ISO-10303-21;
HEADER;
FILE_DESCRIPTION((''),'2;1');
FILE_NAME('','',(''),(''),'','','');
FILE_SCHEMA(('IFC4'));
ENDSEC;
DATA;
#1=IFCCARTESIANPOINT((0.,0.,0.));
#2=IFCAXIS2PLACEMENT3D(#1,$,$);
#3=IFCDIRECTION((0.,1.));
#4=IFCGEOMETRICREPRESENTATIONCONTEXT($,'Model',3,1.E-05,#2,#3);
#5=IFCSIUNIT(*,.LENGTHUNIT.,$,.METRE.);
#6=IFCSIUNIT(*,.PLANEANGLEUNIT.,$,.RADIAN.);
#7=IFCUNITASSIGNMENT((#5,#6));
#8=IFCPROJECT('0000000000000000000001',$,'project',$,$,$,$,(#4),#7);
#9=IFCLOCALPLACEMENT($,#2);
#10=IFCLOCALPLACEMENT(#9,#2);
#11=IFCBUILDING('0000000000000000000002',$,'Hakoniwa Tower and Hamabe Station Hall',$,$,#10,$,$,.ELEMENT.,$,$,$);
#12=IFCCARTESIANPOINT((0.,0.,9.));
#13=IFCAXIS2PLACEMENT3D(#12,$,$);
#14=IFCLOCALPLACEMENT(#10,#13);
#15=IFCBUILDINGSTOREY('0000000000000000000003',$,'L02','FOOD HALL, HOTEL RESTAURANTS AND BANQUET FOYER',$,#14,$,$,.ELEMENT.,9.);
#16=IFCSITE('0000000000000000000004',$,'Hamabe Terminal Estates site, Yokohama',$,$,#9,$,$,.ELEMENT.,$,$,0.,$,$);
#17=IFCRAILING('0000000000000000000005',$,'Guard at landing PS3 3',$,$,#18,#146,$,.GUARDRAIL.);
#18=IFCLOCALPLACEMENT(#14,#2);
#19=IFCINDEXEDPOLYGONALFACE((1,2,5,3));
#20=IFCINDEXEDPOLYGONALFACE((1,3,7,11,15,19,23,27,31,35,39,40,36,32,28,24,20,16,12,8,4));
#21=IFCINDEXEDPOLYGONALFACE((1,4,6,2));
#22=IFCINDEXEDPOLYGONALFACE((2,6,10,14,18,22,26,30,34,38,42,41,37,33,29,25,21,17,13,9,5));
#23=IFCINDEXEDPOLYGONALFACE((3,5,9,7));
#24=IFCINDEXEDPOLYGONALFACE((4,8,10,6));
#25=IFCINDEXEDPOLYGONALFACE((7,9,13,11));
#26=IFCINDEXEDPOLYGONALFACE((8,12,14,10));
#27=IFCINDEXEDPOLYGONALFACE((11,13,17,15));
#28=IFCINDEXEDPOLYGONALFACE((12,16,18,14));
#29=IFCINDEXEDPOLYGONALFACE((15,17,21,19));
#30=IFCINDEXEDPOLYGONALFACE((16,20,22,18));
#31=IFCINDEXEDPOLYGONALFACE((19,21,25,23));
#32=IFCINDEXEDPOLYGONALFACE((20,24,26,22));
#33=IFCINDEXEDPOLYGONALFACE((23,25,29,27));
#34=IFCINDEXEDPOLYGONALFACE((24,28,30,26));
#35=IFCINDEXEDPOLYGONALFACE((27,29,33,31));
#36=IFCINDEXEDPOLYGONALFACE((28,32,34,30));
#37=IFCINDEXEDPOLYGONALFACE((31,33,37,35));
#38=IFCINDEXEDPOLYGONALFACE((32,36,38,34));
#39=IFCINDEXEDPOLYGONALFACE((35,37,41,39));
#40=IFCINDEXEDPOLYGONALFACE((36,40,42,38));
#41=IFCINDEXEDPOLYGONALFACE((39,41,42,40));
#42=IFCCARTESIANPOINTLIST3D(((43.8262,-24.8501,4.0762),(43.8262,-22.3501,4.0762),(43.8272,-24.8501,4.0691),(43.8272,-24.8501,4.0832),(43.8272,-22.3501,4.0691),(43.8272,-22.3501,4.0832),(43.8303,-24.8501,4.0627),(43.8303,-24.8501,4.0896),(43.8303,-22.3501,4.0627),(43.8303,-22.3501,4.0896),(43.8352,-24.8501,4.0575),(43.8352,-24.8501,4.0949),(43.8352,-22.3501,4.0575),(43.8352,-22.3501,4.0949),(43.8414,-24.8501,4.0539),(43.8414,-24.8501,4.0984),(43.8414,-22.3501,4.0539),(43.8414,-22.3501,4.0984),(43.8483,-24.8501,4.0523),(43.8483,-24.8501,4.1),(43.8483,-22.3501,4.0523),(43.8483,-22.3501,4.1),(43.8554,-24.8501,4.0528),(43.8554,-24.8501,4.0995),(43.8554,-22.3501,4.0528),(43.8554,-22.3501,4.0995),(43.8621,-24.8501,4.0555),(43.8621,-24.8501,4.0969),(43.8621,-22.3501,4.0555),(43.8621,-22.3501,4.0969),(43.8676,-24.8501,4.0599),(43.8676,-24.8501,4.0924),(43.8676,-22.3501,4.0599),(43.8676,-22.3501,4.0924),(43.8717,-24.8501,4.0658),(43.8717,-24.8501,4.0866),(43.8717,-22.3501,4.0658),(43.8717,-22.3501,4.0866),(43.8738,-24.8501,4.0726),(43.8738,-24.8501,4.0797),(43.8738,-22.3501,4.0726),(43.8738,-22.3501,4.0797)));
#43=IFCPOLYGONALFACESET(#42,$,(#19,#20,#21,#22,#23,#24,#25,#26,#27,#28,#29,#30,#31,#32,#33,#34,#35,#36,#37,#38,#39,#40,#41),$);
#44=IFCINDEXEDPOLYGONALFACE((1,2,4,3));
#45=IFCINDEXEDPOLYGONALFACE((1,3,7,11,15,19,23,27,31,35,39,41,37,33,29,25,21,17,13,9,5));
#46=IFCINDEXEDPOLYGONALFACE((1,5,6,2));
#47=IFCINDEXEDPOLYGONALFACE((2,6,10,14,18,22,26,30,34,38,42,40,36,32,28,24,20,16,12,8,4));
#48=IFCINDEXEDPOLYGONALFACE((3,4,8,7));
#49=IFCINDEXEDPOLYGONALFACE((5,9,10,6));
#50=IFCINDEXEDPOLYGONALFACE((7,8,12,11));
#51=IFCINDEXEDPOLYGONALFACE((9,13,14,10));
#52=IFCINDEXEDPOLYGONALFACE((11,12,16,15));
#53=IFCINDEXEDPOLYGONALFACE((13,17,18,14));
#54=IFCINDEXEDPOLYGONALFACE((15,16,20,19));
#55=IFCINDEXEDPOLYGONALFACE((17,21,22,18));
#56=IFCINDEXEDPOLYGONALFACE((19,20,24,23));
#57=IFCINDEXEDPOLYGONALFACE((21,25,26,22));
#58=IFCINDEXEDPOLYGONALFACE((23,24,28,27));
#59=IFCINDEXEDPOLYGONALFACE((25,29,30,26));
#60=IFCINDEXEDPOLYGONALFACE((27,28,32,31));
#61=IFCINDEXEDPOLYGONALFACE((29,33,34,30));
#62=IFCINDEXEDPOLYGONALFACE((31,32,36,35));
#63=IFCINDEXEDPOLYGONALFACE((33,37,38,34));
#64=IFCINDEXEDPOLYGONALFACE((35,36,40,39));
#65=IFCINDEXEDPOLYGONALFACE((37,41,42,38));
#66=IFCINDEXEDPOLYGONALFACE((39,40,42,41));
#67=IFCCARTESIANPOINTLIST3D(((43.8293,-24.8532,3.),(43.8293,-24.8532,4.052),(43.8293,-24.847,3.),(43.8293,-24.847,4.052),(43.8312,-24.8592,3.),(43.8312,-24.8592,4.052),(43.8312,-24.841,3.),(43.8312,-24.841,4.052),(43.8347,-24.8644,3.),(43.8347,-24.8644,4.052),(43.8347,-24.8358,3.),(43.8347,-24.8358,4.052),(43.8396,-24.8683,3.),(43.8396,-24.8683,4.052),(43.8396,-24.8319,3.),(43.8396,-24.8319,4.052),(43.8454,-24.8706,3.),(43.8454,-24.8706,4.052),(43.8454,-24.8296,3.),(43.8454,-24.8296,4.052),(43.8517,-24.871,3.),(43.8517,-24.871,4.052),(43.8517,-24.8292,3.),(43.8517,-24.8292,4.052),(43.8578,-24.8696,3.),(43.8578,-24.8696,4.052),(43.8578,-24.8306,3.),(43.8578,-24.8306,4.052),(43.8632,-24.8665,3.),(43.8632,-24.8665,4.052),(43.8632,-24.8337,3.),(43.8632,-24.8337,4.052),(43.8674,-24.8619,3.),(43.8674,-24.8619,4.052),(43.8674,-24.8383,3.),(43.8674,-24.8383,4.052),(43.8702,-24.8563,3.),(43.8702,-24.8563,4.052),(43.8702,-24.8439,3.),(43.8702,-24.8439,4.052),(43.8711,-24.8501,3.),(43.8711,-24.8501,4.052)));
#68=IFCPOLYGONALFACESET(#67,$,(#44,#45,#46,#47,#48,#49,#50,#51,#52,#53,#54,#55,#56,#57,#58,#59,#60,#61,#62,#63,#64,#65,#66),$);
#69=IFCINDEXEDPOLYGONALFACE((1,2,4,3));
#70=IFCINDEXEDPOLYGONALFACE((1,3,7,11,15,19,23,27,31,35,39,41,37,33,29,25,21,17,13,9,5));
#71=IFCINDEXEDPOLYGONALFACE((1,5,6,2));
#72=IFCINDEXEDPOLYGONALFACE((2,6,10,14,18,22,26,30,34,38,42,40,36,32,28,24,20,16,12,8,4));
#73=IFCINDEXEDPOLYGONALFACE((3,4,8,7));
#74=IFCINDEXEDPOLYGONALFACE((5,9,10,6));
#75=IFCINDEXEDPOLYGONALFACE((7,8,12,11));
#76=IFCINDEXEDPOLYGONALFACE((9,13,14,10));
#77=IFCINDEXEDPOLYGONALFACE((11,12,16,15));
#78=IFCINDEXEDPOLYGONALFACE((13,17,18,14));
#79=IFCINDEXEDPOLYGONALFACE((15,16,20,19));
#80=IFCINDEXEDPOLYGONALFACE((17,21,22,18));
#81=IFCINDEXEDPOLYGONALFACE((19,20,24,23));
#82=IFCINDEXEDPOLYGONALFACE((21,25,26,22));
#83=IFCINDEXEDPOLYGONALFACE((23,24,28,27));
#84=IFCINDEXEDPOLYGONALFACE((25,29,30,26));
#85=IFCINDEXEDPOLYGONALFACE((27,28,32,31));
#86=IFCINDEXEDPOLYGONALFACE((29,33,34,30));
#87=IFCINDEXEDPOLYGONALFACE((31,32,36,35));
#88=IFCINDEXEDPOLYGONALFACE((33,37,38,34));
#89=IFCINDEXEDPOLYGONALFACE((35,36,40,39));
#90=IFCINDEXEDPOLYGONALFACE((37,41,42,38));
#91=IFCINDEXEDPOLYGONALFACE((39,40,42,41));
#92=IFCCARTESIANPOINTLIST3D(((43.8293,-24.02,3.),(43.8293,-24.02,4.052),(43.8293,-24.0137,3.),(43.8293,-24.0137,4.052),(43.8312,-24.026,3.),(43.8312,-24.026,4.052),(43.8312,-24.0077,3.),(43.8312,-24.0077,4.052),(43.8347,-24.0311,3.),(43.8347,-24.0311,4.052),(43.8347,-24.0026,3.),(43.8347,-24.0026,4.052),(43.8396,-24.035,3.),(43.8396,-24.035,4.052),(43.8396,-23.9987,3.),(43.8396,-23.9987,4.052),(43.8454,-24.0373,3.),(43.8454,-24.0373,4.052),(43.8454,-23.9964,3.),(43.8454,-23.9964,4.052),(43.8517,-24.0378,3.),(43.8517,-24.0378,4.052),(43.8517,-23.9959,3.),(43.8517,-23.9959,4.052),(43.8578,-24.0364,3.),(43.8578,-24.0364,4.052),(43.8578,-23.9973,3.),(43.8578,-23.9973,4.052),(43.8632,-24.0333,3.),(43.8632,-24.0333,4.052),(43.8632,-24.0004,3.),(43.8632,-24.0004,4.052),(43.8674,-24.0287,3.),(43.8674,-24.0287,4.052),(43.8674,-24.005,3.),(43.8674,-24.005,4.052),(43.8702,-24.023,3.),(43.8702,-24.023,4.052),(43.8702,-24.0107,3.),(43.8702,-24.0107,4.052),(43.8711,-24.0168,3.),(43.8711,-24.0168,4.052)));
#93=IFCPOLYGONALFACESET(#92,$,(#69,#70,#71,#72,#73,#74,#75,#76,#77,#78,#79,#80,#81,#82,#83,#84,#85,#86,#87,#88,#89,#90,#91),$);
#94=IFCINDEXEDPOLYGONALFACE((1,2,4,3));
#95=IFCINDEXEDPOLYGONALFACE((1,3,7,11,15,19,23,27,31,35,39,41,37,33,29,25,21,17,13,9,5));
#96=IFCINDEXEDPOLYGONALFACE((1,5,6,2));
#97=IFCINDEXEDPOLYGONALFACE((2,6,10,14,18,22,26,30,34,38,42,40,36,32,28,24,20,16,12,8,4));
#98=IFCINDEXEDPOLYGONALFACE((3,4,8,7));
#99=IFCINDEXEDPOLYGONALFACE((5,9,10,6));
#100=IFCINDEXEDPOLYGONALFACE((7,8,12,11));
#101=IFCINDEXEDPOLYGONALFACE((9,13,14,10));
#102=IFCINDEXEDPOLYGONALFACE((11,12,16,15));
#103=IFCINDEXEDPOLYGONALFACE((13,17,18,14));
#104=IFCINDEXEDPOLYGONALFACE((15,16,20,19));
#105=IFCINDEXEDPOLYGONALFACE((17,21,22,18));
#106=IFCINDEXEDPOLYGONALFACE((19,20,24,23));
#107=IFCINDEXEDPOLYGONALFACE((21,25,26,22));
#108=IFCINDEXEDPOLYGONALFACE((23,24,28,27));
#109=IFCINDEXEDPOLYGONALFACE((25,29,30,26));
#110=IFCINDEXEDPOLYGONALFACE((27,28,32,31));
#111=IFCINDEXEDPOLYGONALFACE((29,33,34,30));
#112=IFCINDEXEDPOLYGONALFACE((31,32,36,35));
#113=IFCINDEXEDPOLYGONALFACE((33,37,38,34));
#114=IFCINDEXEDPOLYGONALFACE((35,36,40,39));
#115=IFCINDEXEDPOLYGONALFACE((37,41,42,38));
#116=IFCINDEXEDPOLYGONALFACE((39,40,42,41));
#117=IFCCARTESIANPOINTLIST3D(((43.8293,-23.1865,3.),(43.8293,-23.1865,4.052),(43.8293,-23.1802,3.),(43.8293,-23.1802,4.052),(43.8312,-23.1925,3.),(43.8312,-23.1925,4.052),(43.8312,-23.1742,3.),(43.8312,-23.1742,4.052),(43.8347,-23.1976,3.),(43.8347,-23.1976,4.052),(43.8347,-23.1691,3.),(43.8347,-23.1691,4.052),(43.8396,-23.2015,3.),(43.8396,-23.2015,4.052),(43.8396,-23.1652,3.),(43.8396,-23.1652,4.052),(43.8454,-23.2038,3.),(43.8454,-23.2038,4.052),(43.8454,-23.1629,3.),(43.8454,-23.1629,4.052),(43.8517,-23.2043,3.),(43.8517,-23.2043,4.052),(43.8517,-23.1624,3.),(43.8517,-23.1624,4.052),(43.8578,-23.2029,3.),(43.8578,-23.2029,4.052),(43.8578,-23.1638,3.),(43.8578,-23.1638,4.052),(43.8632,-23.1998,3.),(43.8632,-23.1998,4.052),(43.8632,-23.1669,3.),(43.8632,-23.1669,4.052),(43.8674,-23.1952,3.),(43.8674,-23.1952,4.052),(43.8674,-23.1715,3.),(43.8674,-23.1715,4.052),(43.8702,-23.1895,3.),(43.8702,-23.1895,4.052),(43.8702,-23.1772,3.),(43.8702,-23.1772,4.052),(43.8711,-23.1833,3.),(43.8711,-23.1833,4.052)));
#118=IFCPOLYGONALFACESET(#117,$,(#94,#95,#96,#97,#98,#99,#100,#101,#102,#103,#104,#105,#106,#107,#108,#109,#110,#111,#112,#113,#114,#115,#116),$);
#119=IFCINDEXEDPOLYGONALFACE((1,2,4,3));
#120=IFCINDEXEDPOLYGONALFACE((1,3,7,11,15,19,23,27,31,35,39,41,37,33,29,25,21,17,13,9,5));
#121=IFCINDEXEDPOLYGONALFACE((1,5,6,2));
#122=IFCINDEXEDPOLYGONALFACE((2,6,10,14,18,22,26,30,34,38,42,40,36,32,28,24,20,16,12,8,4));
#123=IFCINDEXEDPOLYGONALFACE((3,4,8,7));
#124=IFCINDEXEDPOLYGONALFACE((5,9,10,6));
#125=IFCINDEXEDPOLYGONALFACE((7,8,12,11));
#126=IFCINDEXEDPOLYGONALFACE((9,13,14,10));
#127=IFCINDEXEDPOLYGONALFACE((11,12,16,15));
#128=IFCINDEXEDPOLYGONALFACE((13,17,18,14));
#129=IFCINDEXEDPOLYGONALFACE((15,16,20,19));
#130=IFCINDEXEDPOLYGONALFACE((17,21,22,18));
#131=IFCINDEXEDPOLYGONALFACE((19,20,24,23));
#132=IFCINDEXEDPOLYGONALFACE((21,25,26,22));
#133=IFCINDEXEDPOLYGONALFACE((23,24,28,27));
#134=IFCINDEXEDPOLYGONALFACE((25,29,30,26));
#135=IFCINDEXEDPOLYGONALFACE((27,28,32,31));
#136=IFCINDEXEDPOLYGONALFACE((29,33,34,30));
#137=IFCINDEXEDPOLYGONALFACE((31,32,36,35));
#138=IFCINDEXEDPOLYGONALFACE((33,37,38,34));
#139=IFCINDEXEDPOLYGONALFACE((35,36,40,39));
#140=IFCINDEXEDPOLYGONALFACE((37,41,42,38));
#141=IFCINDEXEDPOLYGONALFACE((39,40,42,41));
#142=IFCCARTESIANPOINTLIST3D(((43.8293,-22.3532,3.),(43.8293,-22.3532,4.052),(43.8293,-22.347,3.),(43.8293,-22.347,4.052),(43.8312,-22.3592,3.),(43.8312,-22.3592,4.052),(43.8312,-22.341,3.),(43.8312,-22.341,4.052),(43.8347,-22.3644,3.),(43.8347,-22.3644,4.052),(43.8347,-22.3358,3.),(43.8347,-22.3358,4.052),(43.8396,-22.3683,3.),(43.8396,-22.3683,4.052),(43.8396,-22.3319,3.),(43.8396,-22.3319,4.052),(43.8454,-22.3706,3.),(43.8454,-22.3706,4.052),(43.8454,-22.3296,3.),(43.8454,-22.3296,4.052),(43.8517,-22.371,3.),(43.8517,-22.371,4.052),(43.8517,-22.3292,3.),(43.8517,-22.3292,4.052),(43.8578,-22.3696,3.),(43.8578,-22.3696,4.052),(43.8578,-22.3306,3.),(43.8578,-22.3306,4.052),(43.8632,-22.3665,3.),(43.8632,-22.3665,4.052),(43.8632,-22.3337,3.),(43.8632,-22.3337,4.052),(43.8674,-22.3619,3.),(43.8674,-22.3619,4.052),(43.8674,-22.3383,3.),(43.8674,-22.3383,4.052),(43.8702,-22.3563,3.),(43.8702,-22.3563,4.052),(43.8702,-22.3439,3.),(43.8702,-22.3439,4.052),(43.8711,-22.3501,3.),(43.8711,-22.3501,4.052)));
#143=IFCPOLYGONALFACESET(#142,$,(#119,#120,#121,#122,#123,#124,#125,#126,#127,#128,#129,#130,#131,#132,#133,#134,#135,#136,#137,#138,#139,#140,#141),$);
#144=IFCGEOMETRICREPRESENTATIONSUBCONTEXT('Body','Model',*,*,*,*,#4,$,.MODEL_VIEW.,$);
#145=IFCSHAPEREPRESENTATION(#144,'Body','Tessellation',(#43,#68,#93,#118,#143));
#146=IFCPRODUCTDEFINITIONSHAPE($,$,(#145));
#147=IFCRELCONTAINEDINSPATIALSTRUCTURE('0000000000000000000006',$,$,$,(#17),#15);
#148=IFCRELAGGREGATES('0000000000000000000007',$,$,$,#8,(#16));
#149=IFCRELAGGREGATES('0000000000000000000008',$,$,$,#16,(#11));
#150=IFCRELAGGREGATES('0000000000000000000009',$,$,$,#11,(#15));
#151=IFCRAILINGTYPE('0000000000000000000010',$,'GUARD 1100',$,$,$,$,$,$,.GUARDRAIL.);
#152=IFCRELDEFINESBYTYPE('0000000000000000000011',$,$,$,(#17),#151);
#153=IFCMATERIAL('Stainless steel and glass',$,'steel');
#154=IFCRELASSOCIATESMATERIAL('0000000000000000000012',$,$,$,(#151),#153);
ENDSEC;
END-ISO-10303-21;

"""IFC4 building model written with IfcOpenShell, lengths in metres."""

from ifc_helpers import new_model, si_unit, direction, frame, origin, origin_2d, place, context, subcontext, project, spatial, circle, extrude, material, type_object, element, save


model = new_model("IFC4")

# Units and contexts
model_context = context("Model", 3, precision=1e-05, world=origin(), true_north=direction((0.0, 1.0)))
body_context = subcontext(model_context, "Body", "Model", "MODEL_VIEW")
ifc_project = project(units=[si_unit("LENGTHUNIT", "METRE"), si_unit("PLANEANGLEUNIT", "RADIAN")], contexts=[model_context])

# Site, building, storey
site_placement = place(None, origin())
site = spatial("IfcSite", under=ifc_project, at=site_placement, Name="Hamabe Terminal Estates site, Yokohama", CompositionType="ELEMENT", RefElevation=0.0)
building_placement = place(site_placement, origin())
building = spatial("IfcBuilding", under=site, at=building_placement, Name="Hakoniwa Tower and Hamabe Station Hall", CompositionType="ELEMENT")
storey_placement = place(building_placement, frame((0.0, 0.0, 9.0)))
storey = spatial("IfcBuildingStorey", under=building, at=storey_placement, Name="L02", Description="FOOD HALL, HOTEL RESTAURANTS AND BANQUET FOYER", CompositionType="ELEMENT", Elevation=9.0)

# Railing
ifc_material_1 = material(Name="Stainless steel and glass", Category="steel")
railing_type = type_object("IfcRailingType", Name="GUARD 1100", PredefinedType="GUARDRAIL", material=ifc_material_1)
railing_1_placement = place(storey_placement, frame((43.8501, -24.8501, 3.0)))
element("IfcRailing", 1, at=railing_1_placement, inside=storey, type_object=railing_type, Name="Guard at landing PS3 3", PredefinedType="GUARDRAIL", context=body_context, shape_type="SweptSolid", body=[
    extrude(circle(Radius=0.0239, at=origin_2d()), frame((0.0, 0.0, 1.0762), z_axis=(0.0, 1.0, 0.0), x_axis=(-1.0, 0.0, 0.0)), (0.0, 0.0, 1.0), 2.5),
    extrude(circle(Radius=0.021, at=origin_2d()), origin(), (0.0, 0.0, 1.0), 1.052),
    extrude(circle(Radius=0.021, at=origin_2d()), frame((0.0, 0.8333, 0.0)), (0.0, 0.0, 1.0), 1.052),
    extrude(circle(Radius=0.021, at=origin_2d()), frame((0.0, 1.6667, 0.0)), (0.0, 0.0, 1.0), 1.052),
    extrude(circle(Radius=0.021, at=origin_2d()), frame((0.0, 2.5, 0.0)), (0.0, 0.0, 1.0), 1.052),
])

save(model, "model.ifc")
